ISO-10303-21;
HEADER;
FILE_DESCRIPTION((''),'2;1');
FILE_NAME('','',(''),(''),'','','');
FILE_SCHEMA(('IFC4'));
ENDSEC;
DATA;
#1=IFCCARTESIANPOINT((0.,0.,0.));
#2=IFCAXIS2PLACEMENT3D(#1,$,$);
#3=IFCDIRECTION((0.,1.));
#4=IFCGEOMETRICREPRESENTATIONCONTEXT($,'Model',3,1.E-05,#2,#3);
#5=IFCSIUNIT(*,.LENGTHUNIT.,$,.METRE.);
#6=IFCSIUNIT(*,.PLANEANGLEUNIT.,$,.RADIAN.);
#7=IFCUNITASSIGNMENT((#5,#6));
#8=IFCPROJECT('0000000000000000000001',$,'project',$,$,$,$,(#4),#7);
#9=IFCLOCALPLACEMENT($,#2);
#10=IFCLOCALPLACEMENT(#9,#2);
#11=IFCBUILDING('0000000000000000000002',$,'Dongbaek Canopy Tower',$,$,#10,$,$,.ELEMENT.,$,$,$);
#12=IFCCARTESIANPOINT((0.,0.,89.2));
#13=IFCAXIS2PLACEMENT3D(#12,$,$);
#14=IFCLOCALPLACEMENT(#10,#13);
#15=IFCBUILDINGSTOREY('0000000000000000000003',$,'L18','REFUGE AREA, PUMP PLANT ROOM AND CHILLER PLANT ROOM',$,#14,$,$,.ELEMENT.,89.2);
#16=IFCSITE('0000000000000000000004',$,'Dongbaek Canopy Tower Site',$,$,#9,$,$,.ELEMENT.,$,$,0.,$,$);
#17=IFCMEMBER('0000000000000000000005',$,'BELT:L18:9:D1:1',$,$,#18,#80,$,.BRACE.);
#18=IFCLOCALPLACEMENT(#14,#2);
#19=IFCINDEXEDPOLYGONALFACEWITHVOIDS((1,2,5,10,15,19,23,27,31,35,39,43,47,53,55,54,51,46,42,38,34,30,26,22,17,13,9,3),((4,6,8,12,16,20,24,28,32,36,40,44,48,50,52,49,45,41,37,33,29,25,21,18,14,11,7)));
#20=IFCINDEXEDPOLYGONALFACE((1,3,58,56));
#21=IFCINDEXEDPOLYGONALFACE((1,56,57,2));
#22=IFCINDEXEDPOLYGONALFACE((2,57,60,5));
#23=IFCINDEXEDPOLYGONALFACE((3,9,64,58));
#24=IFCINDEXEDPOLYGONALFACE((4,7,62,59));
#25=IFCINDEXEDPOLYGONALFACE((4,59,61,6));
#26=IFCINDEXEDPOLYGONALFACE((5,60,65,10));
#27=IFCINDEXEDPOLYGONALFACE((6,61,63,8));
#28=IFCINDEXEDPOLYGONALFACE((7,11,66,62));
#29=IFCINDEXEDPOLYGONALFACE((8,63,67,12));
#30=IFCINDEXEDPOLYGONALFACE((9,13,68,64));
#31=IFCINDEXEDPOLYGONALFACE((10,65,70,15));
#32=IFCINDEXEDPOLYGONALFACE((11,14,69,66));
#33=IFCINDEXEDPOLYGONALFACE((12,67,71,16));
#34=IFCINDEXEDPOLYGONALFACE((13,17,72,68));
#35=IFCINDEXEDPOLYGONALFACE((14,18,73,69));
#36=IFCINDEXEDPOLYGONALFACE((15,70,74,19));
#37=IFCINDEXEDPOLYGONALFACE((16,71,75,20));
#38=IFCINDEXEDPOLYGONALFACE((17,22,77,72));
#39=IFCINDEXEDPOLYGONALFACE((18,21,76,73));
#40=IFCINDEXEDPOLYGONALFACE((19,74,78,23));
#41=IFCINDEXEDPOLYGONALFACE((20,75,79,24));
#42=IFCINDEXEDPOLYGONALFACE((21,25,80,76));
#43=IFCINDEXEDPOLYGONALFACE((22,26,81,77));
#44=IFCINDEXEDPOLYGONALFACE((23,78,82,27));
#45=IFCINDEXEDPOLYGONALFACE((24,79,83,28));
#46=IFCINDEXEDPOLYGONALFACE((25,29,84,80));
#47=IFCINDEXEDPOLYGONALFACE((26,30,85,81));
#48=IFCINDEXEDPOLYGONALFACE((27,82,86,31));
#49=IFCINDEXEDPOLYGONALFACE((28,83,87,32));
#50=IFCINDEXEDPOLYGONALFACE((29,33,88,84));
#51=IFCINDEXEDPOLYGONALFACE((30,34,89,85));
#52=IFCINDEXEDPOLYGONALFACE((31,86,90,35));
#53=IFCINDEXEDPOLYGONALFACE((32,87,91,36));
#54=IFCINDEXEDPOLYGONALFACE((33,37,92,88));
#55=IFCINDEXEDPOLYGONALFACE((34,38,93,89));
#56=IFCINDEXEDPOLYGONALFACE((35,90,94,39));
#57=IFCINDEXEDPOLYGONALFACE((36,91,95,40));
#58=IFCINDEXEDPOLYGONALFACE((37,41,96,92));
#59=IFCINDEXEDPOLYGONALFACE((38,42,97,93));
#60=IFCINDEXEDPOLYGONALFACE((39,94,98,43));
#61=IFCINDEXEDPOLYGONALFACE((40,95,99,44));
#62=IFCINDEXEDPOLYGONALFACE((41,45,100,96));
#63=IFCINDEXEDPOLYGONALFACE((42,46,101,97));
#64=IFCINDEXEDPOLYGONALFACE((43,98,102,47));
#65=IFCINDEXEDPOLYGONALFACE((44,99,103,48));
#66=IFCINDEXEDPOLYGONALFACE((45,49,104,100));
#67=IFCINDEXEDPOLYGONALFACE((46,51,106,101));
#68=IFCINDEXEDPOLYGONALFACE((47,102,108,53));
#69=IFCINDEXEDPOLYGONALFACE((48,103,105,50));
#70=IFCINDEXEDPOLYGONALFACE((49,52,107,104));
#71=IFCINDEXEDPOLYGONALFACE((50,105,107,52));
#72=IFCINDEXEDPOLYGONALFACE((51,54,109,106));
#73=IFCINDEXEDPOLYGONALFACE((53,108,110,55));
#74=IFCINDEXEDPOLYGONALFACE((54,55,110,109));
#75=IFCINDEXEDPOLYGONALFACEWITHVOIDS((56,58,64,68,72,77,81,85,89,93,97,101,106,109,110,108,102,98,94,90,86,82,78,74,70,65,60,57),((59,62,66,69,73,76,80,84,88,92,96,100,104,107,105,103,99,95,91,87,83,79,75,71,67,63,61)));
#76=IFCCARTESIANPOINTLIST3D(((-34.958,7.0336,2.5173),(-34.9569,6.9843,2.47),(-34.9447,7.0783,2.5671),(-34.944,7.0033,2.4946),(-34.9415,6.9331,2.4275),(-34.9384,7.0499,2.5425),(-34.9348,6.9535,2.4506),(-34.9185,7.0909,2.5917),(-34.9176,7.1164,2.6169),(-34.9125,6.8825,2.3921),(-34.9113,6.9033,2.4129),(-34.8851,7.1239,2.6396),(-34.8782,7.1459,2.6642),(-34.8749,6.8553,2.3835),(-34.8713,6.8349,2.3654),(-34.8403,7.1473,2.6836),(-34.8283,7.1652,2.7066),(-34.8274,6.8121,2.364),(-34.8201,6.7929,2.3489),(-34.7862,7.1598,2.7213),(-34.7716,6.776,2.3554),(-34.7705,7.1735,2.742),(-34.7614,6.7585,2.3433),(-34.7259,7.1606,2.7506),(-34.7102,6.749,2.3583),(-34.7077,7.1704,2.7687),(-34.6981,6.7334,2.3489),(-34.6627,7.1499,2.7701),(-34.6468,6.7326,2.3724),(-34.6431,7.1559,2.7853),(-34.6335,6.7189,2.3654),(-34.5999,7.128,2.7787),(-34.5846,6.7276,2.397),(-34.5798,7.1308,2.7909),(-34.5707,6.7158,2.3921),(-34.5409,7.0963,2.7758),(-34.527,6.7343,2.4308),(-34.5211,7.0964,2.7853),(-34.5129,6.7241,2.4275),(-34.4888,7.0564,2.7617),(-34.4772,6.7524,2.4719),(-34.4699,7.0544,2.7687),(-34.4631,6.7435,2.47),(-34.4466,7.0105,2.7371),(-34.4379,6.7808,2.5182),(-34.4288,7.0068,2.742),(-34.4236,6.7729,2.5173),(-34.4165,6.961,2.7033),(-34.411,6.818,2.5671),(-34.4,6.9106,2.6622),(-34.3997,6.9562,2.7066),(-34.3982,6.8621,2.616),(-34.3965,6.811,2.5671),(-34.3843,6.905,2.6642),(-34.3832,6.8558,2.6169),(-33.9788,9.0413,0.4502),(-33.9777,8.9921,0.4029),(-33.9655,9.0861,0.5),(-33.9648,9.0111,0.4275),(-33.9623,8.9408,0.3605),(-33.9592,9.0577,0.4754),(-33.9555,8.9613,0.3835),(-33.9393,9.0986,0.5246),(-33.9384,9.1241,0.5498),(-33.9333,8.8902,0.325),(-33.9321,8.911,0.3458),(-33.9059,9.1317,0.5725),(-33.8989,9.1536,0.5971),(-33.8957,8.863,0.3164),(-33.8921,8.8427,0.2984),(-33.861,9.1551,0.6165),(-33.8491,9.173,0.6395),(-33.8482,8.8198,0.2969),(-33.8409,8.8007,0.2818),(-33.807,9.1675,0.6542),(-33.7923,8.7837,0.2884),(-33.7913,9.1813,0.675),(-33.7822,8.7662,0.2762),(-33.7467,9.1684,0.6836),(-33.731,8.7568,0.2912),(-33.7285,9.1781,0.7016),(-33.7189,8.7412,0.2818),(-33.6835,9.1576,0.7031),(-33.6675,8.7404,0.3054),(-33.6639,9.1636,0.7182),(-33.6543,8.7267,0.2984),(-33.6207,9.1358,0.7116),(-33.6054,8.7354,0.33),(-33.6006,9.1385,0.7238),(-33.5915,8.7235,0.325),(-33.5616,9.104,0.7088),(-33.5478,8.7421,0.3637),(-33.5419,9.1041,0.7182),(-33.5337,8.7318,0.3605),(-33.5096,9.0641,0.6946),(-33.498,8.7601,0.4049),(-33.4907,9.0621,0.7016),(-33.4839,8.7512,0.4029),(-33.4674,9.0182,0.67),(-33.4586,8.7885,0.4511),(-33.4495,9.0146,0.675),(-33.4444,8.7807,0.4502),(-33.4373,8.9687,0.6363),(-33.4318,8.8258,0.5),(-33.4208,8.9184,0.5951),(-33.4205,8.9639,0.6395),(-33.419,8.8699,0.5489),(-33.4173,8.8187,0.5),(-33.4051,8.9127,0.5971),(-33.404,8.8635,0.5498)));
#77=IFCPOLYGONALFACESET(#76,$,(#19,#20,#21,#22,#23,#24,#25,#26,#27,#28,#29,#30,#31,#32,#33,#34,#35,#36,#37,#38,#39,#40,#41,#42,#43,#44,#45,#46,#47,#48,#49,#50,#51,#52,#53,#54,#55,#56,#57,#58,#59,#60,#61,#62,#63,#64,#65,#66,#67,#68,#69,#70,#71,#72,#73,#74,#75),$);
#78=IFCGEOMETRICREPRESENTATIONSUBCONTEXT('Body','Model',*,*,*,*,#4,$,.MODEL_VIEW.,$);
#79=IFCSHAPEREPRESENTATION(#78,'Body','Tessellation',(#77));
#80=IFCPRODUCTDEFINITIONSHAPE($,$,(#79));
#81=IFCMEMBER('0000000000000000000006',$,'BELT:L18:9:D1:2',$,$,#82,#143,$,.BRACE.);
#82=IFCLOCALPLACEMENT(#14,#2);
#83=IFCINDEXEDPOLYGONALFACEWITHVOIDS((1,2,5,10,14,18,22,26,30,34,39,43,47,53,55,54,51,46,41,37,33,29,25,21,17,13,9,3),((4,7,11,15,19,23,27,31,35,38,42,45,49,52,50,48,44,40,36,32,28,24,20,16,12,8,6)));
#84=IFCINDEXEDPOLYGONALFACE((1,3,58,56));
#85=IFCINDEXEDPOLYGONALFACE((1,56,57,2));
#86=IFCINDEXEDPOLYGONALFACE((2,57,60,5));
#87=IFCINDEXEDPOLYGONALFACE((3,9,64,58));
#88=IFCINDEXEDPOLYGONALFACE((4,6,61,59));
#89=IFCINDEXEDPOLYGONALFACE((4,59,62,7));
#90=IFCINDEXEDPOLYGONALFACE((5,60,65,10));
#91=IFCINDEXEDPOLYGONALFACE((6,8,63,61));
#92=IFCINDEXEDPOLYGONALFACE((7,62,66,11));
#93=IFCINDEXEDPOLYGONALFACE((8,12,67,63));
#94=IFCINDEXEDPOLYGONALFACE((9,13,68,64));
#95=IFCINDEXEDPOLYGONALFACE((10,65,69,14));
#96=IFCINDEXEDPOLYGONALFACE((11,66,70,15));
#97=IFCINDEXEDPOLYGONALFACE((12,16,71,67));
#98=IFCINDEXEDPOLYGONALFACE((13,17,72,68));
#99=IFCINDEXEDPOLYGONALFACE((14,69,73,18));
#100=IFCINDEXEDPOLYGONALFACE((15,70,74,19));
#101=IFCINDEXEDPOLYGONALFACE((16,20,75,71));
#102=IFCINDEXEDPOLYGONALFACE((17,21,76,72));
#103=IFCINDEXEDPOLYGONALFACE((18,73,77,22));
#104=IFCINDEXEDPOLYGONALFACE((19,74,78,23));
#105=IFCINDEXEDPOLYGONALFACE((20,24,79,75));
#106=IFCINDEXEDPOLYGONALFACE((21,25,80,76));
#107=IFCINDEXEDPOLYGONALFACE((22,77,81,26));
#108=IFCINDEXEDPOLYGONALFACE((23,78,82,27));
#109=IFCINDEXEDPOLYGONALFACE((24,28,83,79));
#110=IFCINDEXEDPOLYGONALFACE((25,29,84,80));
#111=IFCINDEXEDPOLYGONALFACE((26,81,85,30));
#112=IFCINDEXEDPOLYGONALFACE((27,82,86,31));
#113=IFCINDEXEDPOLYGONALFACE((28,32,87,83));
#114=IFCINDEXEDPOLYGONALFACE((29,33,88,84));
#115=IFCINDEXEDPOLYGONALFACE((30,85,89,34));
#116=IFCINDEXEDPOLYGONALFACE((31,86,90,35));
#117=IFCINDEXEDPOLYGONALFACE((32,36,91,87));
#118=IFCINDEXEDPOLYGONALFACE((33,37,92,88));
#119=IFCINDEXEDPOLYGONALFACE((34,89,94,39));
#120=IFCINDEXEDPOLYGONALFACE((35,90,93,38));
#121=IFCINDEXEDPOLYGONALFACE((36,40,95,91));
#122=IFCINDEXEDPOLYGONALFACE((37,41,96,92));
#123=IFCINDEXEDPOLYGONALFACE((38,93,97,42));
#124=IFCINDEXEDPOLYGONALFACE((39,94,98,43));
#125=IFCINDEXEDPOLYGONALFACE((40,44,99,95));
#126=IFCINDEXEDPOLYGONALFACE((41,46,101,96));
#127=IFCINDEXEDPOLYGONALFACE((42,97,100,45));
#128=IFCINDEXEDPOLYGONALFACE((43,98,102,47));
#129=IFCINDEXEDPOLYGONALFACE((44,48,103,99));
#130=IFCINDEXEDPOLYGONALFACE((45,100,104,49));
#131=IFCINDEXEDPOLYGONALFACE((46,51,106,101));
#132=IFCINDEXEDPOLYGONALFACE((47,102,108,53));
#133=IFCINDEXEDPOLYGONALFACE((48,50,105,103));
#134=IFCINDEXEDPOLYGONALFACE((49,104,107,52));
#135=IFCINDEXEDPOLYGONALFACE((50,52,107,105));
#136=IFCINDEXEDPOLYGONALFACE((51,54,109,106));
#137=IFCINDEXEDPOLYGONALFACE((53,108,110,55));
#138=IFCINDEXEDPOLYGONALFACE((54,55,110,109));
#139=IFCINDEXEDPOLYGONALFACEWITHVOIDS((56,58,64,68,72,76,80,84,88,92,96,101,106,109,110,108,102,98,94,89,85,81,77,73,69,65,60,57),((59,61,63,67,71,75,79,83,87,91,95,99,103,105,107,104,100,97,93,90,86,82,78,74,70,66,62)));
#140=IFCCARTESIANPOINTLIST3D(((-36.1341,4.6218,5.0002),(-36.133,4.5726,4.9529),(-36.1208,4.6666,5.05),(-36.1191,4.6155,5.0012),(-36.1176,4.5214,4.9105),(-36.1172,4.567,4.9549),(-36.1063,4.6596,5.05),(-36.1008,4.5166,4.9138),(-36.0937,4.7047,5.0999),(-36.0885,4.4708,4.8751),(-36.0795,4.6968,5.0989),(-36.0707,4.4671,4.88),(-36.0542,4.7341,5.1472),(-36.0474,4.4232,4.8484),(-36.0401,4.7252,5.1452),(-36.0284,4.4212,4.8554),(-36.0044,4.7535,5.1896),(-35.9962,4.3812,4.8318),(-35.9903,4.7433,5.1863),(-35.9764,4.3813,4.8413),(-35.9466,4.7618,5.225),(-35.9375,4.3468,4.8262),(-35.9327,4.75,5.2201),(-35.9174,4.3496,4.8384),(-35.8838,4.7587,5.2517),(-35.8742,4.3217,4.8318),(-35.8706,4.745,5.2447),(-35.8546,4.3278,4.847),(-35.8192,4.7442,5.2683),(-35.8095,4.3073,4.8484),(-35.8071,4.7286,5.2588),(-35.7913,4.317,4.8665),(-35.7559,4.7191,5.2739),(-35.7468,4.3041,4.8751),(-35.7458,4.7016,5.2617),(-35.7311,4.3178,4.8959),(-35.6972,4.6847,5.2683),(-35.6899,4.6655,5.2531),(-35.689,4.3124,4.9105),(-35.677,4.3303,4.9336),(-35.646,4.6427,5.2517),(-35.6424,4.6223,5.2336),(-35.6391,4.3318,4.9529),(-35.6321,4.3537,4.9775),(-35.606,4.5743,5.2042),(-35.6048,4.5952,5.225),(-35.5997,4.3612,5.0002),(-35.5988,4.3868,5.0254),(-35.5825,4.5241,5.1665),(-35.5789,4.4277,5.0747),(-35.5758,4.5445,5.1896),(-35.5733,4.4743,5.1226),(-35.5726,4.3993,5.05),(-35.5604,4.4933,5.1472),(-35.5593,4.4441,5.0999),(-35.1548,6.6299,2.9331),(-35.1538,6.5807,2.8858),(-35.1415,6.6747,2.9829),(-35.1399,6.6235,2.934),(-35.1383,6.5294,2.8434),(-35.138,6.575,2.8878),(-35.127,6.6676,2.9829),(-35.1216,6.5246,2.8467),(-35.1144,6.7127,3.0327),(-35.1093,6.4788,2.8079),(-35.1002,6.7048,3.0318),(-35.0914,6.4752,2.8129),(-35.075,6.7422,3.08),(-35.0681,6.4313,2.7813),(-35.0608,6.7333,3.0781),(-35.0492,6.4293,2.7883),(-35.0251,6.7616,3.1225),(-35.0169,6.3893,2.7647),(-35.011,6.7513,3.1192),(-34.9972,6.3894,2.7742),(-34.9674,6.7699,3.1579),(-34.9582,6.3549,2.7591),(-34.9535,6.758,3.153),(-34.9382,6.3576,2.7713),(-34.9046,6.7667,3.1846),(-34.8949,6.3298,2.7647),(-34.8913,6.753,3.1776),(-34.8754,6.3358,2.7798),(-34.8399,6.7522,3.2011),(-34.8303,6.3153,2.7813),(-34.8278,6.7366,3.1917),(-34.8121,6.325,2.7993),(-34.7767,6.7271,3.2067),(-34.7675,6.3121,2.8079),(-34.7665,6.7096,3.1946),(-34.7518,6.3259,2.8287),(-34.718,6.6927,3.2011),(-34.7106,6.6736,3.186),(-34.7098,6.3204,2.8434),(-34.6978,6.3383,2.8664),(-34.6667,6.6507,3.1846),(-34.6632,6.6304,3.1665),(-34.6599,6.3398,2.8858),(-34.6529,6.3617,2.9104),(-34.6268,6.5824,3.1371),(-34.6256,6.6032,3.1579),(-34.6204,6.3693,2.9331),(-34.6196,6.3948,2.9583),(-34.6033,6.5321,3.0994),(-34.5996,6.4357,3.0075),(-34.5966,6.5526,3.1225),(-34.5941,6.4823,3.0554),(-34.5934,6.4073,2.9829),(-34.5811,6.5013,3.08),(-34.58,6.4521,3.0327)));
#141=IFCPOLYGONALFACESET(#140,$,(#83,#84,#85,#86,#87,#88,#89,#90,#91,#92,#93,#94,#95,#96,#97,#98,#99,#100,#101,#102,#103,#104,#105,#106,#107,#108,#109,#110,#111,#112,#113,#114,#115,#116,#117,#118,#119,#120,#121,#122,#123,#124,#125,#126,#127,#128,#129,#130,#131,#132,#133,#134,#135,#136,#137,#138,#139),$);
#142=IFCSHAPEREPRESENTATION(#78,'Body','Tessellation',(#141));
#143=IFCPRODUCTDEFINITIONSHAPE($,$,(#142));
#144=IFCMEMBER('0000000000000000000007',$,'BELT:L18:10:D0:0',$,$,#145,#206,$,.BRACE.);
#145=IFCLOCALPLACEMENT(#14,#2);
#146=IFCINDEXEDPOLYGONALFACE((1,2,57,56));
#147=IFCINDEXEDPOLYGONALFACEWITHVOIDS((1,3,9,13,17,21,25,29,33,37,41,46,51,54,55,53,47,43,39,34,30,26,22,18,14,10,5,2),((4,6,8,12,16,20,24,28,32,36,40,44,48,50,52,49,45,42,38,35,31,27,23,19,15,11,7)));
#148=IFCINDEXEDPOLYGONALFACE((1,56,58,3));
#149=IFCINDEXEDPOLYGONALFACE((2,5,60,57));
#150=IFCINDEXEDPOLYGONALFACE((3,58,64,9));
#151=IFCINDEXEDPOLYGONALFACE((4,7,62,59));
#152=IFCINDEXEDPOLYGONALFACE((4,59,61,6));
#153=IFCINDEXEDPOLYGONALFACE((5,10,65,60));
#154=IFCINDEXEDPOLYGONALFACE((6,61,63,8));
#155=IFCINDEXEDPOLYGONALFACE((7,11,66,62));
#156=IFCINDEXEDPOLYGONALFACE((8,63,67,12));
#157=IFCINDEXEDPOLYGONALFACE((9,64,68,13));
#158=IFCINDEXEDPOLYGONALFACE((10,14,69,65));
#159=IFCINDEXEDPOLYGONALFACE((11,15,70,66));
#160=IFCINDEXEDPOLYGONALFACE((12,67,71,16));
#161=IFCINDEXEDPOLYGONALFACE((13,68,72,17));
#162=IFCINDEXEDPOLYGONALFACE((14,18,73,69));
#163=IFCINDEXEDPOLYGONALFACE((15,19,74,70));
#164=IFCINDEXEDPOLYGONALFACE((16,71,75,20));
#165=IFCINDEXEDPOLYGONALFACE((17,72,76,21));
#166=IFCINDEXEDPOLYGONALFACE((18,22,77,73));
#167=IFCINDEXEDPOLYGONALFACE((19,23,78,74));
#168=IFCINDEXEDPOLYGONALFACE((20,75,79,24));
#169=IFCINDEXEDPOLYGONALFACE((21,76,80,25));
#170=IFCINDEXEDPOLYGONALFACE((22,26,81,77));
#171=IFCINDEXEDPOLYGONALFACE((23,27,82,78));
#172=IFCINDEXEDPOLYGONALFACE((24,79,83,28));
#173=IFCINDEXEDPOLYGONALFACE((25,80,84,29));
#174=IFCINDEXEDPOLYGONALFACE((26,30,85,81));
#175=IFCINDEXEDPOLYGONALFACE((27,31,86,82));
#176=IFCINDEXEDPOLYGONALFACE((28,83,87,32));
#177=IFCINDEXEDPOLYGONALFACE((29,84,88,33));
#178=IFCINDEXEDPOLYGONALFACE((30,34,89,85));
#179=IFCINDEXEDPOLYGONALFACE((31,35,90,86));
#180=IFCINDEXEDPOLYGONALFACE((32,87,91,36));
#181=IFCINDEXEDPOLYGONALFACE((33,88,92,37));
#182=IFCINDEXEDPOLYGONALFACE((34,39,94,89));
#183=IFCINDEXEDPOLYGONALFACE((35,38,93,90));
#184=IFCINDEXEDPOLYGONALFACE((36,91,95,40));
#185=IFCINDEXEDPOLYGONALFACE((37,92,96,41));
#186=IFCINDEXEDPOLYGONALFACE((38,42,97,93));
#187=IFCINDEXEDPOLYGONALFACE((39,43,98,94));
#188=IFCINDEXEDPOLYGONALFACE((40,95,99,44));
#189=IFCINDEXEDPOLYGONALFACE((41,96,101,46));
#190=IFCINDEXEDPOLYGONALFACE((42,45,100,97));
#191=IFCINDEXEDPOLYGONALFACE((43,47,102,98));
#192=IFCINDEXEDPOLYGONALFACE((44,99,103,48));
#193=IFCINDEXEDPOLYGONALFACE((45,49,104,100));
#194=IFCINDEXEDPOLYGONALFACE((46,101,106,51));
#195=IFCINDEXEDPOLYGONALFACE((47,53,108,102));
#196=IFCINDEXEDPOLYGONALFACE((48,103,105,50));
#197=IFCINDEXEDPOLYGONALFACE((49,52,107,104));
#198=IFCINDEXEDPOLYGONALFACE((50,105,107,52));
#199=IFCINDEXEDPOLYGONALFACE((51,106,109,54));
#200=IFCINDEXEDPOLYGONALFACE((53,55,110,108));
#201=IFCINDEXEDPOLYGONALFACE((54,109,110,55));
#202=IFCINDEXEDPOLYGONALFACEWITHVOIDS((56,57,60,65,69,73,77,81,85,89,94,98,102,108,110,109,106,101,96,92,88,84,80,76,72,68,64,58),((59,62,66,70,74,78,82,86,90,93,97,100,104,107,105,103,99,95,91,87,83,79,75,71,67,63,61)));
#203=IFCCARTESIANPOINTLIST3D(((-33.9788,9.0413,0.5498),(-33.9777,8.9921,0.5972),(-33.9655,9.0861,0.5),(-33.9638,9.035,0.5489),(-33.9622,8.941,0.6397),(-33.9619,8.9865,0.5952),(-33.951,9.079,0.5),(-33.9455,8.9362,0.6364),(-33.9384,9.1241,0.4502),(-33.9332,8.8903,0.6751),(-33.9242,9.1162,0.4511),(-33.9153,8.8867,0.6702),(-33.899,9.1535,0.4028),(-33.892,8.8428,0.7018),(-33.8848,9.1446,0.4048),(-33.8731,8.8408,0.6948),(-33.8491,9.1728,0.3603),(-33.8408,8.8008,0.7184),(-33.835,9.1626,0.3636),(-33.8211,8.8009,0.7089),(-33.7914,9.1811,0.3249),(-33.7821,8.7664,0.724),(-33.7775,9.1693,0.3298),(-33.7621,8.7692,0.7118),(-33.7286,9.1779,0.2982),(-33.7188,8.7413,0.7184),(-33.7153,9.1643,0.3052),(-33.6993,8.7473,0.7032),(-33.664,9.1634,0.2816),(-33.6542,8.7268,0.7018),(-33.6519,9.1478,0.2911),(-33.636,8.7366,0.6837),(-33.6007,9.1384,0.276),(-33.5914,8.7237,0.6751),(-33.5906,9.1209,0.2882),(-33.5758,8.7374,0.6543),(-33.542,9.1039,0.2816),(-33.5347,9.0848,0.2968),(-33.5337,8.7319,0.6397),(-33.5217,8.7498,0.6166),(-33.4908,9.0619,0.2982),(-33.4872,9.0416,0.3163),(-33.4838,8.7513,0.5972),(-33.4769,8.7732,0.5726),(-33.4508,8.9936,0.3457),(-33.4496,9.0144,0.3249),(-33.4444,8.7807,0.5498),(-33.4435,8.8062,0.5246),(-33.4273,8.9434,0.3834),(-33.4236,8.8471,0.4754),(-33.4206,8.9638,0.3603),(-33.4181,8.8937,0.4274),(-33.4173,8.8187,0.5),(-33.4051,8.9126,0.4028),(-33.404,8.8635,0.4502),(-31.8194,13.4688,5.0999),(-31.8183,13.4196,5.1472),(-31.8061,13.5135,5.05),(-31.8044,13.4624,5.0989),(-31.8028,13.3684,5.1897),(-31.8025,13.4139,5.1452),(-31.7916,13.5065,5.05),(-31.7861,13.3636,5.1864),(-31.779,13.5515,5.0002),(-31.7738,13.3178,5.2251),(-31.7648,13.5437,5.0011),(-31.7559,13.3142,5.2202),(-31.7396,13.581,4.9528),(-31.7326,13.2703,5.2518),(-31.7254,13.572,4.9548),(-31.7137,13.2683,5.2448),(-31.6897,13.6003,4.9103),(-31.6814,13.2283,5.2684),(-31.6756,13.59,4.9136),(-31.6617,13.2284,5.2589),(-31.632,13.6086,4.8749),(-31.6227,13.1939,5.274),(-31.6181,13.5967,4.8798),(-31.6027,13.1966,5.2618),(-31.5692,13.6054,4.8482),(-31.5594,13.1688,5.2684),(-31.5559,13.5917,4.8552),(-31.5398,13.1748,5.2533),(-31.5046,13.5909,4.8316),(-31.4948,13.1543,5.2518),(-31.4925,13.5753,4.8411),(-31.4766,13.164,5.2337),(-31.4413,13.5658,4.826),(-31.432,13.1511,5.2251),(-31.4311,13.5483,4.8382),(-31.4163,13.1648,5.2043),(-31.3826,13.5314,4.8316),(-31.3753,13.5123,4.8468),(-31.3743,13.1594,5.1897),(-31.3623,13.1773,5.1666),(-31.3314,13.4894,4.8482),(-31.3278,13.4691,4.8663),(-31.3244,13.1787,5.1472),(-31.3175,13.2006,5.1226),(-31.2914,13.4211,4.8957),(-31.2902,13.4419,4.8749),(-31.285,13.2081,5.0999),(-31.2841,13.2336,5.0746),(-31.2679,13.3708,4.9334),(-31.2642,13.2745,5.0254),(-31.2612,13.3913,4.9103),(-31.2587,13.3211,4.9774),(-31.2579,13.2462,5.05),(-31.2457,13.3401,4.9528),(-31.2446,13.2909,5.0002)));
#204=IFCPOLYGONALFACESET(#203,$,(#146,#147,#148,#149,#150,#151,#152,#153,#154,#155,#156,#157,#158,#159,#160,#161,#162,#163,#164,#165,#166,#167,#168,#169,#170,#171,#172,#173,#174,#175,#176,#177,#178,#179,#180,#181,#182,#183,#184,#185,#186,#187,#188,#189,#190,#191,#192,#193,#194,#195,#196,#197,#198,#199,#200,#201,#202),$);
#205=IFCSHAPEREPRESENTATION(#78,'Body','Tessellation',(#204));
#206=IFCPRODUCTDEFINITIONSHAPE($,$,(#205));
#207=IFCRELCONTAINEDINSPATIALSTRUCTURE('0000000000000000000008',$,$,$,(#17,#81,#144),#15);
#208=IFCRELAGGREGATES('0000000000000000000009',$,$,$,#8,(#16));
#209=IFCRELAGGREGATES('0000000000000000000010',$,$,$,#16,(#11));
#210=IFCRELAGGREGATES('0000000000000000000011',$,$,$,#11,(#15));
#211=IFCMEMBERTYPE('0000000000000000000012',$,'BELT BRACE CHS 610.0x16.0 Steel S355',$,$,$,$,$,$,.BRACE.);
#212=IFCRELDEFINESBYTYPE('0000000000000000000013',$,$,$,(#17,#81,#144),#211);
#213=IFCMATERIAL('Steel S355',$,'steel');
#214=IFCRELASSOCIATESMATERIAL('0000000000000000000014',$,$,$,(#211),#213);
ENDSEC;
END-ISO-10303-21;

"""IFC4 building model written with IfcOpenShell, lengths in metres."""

from ifc_helpers import new_model, si_unit, direction, frame, origin, origin_2d, place, context, subcontext, project, spatial, hollow_circle, extrude, material, material_profile, profile_set, type_object, element, save


model = new_model("IFC4")

# Units and contexts
model_context = context("Model", 3, precision=1e-05, world=origin(), true_north=direction((0.0, 1.0)))
body_context = subcontext(model_context, "Body", "Model", "MODEL_VIEW")
ifc_project = project(units=[si_unit("LENGTHUNIT", "METRE"), si_unit("PLANEANGLEUNIT", "RADIAN")], contexts=[model_context])

# Site, building, storey
site_placement = place(None, origin())
site = spatial("IfcSite", under=ifc_project, at=site_placement, Name="Dongbaek Canopy Tower Site", CompositionType="ELEMENT", RefElevation=0.0)
building_placement = place(site_placement, origin())
building = spatial("IfcBuilding", under=site, at=building_placement, Name="Dongbaek Canopy Tower", CompositionType="ELEMENT")
storey_placement = place(building_placement, frame((0.0, 0.0, 89.2)))
storey = spatial("IfcBuildingStorey", under=building, at=storey_placement, Name="L18", Description="REFUGE AREA, PUMP PLANT ROOM AND CHILLER PLANT ROOM", CompositionType="ELEMENT", Elevation=89.2)

# Members
ifc_material_1 = material(Name="Steel S355", Category="steel")
ifc_material_profile_1 = material_profile(ifc_material_1, hollow_circle(Radius=0.3049, WallThickness=0.0161, at=origin_2d()), Name="BELT BRACE CHS 610.0x16.0 Steel S355")
ifc_profile_set_1 = profile_set([ifc_material_profile_1], Name="Steel S355")
member_type_1 = type_object("IfcMemberType", Name="BELT BRACE CHS 610.0x16.0 Steel S355", PredefinedType="BRACE", material=ifc_profile_set_1)
member_1_placement = place(storey_placement, frame((-33.6914, 8.9524, 0.5), z_axis=(-0.321744, -0.659691, 0.679183), x_axis=(0.898799, -0.438361, 0.0)))
element("IfcMember", 1, at=member_1_placement, inside=storey, type_object=member_type_1, Name="BELT:L18:9:D1:1", PredefinedType="BRACE", context=body_context, shape_type="SweptSolid", body=[
    extrude(hollow_circle(Radius=0.3049, WallThickness=0.0161, at=origin_2d()), origin(), (0.0, 0.0, 1.0), 3.0435),
])
member_2_placement = place(storey_placement, frame((-35.8467, 4.533, 5.05), z_axis=(0.321727, 0.659736, -0.679147), x_axis=(-0.89882, 0.438318, 0.0)))
element("IfcMember", 2, at=member_2_placement, inside=storey, type_object=member_type_1, Name="BELT:L18:9:D1:2", PredefinedType="BRACE", context=body_context, shape_type="SweptSolid", body=[
    extrude(hollow_circle(Radius=0.3049, WallThickness=0.0161, at=origin_2d()), origin(), (0.0, 0.0, 1.0), 3.0437),
])
member_3_placement = place(storey_placement, frame((-33.6914, 8.9524, 0.5), z_axis=(0.32202, 0.660241, 0.678517), x_axis=(-0.898795, 0.43837, 0.0)))
element("IfcMember", 3, at=member_3_placement, inside=storey, type_object=member_type_1, Name="BELT:L18:10:D0:0", PredefinedType="BRACE", context=body_context, shape_type="SweptSolid", body=[
    extrude(hollow_circle(Radius=0.3049, WallThickness=0.0161, at=origin_2d()), origin(), (0.0, 0.0, 1.0), 6.7058),
])

save(model, "model.ifc")
